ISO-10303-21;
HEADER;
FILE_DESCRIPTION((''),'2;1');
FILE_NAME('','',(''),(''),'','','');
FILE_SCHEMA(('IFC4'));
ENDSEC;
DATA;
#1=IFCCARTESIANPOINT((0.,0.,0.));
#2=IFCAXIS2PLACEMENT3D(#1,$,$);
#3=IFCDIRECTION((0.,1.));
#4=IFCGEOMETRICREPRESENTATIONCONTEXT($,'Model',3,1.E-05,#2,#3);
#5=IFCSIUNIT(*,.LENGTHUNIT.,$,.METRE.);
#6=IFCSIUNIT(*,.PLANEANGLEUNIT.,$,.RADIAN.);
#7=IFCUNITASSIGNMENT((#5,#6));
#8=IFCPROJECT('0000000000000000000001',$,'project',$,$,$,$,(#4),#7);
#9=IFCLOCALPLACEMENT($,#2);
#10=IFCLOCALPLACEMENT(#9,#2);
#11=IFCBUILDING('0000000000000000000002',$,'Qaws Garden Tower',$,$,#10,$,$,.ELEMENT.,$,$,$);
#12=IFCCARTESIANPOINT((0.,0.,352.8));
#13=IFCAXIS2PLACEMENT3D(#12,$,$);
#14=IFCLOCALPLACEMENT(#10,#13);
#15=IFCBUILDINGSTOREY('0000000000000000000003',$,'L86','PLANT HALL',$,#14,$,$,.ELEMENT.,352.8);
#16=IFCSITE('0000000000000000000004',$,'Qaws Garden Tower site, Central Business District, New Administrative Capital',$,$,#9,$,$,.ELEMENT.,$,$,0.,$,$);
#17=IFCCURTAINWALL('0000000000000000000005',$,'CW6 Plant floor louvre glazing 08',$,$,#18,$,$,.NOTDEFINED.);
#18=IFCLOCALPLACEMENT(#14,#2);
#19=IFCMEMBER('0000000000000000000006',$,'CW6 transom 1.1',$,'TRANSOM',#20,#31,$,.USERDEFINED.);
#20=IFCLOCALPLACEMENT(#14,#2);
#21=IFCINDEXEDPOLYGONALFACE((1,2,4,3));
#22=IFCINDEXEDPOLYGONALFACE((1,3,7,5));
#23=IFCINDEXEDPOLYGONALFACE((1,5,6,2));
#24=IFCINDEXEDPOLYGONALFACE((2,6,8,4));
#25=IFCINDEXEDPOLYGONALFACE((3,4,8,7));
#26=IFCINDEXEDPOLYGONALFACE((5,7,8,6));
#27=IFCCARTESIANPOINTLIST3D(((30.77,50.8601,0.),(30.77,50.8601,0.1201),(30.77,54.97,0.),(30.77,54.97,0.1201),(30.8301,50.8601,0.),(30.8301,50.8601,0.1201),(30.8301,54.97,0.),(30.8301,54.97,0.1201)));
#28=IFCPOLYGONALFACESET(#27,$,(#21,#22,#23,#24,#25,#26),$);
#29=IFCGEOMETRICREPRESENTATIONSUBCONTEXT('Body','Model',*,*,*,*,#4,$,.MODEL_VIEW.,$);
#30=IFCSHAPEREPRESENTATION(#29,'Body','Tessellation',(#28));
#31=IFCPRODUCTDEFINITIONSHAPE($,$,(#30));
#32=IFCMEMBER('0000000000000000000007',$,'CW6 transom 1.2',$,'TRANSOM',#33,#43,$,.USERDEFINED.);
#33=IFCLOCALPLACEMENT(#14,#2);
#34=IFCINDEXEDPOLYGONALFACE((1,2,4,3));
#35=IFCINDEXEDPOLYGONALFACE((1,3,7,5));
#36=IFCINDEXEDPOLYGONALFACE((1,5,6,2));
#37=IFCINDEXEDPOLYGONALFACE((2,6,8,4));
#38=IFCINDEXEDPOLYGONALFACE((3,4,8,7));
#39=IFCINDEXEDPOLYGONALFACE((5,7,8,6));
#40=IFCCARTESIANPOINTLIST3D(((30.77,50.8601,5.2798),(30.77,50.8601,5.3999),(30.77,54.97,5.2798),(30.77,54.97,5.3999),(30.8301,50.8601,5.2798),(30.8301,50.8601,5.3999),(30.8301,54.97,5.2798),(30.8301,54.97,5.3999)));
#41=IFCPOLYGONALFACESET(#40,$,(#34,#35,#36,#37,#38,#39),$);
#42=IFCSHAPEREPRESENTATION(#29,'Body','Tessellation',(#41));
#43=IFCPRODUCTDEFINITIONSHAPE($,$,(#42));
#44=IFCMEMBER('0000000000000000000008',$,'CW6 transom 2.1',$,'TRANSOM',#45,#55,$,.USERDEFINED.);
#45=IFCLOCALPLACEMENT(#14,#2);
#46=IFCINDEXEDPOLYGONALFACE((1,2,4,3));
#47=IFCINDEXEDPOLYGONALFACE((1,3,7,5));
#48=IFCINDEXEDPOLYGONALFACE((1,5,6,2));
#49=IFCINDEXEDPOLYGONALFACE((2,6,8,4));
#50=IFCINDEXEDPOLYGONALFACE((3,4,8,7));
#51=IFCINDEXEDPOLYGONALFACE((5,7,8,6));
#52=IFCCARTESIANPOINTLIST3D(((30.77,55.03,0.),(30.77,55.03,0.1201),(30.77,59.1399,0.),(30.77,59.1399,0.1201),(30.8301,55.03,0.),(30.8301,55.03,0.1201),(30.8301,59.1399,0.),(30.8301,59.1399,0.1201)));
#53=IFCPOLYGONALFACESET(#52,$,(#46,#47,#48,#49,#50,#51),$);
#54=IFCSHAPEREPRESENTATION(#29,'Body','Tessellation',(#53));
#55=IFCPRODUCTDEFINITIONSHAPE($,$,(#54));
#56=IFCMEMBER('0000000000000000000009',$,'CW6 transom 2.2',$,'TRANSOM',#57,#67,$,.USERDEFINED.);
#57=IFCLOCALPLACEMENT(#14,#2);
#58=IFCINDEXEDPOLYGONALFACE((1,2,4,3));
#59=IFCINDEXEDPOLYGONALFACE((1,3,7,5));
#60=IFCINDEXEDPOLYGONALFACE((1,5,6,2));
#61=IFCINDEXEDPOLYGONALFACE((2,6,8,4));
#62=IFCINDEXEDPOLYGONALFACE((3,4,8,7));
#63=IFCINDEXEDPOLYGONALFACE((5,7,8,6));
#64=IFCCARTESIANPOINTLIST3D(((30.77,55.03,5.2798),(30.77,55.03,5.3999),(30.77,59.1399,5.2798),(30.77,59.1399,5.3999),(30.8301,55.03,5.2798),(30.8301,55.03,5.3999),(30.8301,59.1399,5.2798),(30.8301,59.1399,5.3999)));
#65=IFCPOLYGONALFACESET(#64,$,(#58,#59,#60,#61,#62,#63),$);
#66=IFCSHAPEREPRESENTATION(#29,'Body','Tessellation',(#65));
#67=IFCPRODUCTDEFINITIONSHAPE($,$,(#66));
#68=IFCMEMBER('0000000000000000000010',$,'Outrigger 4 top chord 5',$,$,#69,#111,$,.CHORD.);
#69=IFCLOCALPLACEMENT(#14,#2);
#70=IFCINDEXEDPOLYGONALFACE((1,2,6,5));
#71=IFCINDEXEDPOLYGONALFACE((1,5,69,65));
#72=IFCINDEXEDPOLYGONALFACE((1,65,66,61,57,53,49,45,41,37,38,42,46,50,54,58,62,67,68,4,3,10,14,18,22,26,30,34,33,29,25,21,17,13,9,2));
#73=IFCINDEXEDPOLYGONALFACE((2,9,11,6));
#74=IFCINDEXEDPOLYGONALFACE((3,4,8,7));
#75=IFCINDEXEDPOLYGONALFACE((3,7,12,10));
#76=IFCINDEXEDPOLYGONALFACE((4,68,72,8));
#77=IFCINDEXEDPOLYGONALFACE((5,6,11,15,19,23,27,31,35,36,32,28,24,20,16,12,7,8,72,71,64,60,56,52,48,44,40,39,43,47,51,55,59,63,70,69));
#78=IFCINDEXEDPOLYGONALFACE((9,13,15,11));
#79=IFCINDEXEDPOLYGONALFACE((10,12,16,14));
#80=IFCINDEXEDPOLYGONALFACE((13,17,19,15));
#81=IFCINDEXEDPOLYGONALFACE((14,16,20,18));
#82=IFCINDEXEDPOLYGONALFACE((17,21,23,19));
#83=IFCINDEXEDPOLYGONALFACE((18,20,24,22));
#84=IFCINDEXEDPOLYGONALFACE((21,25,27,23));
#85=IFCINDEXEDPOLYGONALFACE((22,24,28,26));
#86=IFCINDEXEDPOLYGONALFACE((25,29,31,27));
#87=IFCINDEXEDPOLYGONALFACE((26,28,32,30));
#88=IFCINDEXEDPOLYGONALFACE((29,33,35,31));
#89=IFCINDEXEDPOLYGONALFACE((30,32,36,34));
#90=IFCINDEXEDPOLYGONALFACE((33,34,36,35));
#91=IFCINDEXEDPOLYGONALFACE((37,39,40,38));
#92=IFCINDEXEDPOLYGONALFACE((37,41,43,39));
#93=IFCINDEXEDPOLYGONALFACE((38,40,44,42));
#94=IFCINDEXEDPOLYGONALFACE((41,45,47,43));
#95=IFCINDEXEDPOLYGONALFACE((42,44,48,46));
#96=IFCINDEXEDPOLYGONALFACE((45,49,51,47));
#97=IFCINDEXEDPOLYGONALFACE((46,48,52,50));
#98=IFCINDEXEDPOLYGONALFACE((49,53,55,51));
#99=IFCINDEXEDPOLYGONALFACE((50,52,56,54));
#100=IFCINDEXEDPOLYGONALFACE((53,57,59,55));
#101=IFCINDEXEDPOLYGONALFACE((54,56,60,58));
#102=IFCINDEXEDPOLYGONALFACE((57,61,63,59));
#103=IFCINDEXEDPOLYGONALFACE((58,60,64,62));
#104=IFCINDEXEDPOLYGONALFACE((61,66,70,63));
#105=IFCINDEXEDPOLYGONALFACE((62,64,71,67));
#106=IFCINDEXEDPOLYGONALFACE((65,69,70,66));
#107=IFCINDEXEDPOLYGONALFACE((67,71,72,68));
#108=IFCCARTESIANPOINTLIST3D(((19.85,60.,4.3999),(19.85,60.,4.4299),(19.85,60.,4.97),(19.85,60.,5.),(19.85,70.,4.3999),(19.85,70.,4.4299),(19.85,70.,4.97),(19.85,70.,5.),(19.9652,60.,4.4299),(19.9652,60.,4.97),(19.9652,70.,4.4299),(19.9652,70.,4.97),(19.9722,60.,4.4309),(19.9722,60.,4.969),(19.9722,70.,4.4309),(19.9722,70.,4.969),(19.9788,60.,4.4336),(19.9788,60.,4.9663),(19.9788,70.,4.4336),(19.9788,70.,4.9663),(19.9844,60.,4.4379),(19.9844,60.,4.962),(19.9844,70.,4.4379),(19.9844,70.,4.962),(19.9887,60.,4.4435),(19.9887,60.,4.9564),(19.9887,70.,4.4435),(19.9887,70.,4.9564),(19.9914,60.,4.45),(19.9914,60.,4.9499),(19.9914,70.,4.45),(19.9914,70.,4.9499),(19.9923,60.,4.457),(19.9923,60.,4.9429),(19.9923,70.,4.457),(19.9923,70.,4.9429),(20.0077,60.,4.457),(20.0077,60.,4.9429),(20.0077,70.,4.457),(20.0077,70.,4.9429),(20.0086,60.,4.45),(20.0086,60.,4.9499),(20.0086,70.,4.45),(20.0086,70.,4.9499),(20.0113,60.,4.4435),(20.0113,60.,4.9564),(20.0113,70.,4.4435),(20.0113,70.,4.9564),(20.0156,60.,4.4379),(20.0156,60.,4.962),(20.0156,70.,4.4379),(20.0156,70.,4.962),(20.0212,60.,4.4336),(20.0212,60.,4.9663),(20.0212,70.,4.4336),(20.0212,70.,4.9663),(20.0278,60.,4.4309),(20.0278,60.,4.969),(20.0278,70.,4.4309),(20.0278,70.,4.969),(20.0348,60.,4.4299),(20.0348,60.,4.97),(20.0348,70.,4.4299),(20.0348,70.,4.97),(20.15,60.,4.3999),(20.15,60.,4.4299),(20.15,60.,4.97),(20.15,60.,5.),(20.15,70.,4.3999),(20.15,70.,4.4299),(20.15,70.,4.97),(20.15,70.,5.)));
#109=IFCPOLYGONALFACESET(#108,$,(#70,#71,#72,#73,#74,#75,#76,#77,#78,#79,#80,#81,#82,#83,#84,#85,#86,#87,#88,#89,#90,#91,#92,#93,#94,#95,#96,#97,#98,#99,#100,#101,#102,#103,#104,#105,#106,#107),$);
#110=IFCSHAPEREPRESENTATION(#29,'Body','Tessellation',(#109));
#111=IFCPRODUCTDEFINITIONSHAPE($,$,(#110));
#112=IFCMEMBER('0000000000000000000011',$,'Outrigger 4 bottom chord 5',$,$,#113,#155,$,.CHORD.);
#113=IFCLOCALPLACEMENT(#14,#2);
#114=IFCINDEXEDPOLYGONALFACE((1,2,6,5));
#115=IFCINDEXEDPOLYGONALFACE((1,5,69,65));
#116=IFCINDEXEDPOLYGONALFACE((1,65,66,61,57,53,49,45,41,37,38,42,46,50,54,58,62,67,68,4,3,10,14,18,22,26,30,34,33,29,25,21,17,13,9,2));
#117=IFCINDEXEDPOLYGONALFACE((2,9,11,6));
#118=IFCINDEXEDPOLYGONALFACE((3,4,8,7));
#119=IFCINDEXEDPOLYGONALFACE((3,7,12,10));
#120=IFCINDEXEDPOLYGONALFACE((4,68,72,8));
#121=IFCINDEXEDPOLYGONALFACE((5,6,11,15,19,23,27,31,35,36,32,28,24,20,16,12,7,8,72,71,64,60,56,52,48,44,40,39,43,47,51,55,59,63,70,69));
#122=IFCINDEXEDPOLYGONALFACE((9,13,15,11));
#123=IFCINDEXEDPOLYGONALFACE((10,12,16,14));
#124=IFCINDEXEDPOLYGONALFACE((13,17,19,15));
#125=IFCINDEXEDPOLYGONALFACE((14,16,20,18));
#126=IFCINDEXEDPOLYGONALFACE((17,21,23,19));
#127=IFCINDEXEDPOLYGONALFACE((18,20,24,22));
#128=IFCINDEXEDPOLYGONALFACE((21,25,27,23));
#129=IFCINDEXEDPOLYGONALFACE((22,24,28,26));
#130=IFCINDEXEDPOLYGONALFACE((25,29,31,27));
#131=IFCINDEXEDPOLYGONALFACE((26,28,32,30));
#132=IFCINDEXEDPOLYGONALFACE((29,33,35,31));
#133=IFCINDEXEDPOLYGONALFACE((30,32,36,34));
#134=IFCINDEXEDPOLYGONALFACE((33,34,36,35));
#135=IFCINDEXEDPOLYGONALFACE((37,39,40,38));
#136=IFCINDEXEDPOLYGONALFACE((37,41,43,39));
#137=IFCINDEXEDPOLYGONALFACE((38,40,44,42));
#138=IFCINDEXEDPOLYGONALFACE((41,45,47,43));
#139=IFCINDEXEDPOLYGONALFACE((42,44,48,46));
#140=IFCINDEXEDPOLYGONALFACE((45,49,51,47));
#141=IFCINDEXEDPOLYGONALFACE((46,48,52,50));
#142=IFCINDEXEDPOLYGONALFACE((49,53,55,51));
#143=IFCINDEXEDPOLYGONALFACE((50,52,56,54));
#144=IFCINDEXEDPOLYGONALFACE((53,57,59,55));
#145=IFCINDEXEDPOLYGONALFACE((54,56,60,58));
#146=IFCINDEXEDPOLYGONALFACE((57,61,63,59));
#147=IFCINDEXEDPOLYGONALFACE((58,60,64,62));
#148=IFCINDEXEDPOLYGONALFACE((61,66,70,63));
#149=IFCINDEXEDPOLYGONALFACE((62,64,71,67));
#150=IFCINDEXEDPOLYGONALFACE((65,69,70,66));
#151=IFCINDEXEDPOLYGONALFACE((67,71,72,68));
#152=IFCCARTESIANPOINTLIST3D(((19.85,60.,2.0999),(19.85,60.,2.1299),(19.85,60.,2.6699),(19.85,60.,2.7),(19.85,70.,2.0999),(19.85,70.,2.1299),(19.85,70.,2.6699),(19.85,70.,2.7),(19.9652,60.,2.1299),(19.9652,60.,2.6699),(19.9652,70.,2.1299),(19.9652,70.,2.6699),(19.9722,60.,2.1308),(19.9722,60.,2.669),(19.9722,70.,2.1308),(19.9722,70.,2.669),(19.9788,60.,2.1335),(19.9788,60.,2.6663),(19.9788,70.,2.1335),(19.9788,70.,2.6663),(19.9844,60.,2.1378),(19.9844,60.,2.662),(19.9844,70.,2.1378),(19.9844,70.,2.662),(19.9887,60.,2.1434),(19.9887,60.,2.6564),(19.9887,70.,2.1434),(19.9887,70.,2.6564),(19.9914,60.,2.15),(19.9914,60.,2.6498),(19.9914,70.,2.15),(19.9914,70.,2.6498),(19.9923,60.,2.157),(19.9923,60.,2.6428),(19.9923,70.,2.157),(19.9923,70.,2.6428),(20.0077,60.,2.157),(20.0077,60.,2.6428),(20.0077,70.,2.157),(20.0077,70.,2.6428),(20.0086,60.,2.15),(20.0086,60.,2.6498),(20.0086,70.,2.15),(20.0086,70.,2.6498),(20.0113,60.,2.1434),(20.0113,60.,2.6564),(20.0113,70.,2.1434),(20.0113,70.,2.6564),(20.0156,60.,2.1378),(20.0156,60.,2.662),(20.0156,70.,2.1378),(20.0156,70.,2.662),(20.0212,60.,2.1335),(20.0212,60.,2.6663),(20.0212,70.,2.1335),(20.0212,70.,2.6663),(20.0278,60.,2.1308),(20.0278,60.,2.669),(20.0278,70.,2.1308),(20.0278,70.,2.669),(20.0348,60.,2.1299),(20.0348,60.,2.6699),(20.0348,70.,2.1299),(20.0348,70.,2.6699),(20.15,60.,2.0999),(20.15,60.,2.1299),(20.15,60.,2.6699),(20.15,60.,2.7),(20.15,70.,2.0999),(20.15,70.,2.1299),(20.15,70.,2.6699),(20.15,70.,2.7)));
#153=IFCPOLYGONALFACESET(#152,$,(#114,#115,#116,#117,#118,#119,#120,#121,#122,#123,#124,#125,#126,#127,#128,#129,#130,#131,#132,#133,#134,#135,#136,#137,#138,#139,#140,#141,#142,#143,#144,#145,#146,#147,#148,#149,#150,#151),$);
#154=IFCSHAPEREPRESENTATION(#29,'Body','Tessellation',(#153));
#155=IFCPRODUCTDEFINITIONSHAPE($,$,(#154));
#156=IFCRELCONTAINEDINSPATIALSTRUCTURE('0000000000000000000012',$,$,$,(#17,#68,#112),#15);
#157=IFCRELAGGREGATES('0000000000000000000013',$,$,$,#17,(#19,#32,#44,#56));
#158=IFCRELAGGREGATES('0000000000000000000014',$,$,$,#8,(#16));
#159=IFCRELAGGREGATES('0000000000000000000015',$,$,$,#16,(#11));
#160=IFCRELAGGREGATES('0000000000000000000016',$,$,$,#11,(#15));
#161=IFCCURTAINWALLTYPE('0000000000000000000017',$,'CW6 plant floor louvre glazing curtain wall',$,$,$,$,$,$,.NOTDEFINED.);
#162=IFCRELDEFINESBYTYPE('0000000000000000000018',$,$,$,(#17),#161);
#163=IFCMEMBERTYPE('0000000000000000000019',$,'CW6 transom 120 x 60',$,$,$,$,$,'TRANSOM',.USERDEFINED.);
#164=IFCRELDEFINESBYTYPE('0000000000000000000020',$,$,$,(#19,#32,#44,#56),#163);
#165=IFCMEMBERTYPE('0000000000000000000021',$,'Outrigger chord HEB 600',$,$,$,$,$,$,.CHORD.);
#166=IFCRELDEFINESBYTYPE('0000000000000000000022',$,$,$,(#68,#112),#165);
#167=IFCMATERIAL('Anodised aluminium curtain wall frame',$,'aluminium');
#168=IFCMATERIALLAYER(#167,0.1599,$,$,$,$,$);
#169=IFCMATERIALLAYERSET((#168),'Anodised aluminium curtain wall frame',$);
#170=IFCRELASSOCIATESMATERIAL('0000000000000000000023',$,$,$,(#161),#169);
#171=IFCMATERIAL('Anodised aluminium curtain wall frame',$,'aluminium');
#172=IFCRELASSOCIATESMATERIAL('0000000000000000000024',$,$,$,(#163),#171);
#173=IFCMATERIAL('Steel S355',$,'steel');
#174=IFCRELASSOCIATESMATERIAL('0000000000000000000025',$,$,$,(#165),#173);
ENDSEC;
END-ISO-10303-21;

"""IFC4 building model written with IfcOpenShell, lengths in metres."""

from ifc_helpers import new_model, si_unit, direction, frame, origin, origin_2d, place, context, subcontext, project, spatial, rectangle, i_section, extrude, material, layer, layer_set, material_profile, profile_set, type_object, element, aggregate, save


model = new_model("IFC4")

# Units and contexts
model_context = context("Model", 3, precision=1e-05, world=origin(), true_north=direction((0.0, 1.0)))
body_context = subcontext(model_context, "Body", "Model", "MODEL_VIEW")
ifc_project = project(units=[si_unit("LENGTHUNIT", "METRE"), si_unit("PLANEANGLEUNIT", "RADIAN")], contexts=[model_context])

# Site, building, storey
site_placement = place(None, origin())
site = spatial("IfcSite", under=ifc_project, at=site_placement, Name="Qaws Garden Tower site, Central Business District, New Administrative Capital", CompositionType="ELEMENT", RefElevation=0.0)
building_placement = place(site_placement, origin())
building = spatial("IfcBuilding", under=site, at=building_placement, Name="Qaws Garden Tower", CompositionType="ELEMENT")
storey_placement = place(building_placement, frame((0.0, 0.0, 352.8)))
storey = spatial("IfcBuildingStorey", under=building, at=storey_placement, Name="L86", Description="PLANT HALL", CompositionType="ELEMENT", Elevation=352.8)

# Curtain wall, members
ifc_material_1 = material(Name="Anodised aluminium curtain wall frame", Category="aluminium")
ifc_layer_1 = layer(ifc_material_1, 0.1599)
ifc_layer_set_1 = layer_set([ifc_layer_1], Name="Anodised aluminium curtain wall frame")
curtain_wall_type = type_object("IfcCurtainWallType", Name="CW6 plant floor louvre glazing curtain wall", PredefinedType="NOTDEFINED", material=ifc_layer_set_1)
curtain_wall_placement = place(storey_placement, origin())
curtain_wall = element("IfcCurtainWall", 1, at=curtain_wall_placement, inside=storey, type_object=curtain_wall_type, Name="CW6 Plant floor louvre glazing 08", PredefinedType="NOTDEFINED")
ifc_material_2 = material(Name="Anodised aluminium curtain wall frame", Category="aluminium")
ifc_material_profile_1 = material_profile(ifc_material_2, rectangle(XDim=0.0601, YDim=0.1201, at=origin_2d()), Name="AL 60x120")
ifc_profile_set_1 = profile_set([ifc_material_profile_1], Name="Anodised aluminium curtain wall frame")
member_type_1 = type_object("IfcMemberType", Name="CW6 transom 120 x 60", ElementType="TRANSOM", PredefinedType="USERDEFINED", material=ifc_profile_set_1)
member_1_placement = place(storey_placement, frame((30.8, 50.8601, 0.0601), z_axis=(0.0, 1.0, 0.0), x_axis=(-1.0, 0.0, 0.0)))
member_1 = element("IfcMember", 2, at=member_1_placement, type_object=member_type_1, Name="CW6 transom 1.1", ObjectType="TRANSOM", PredefinedType="USERDEFINED", context=body_context, shape_type="SweptSolid", body=[
    extrude(rectangle(XDim=0.0601, YDim=0.1201, at=origin_2d()), origin(), (0.0, 0.0, 1.0), 4.1099),
])
member_2_placement = place(storey_placement, frame((30.8, 50.8601, 5.3398), z_axis=(0.0, 1.0, 0.0), x_axis=(-1.0, 0.0, 0.0)))
member_2 = element("IfcMember", 3, at=member_2_placement, type_object=member_type_1, Name="CW6 transom 1.2", ObjectType="TRANSOM", PredefinedType="USERDEFINED", context=body_context, shape_type="SweptSolid", body=[
    extrude(rectangle(XDim=0.0601, YDim=0.1201, at=origin_2d()), origin(), (0.0, 0.0, 1.0), 4.1099),
])
member_3_placement = place(storey_placement, frame((30.8, 55.03, 0.0601), z_axis=(0.0, 1.0, 0.0), x_axis=(-1.0, 0.0, 0.0)))
member_3 = element("IfcMember", 4, at=member_3_placement, type_object=member_type_1, Name="CW6 transom 2.1", ObjectType="TRANSOM", PredefinedType="USERDEFINED", context=body_context, shape_type="SweptSolid", body=[
    extrude(rectangle(XDim=0.0601, YDim=0.1201, at=origin_2d()), origin(), (0.0, 0.0, 1.0), 4.1099),
])
member_4_placement = place(storey_placement, frame((30.8, 55.03, 5.3398), z_axis=(0.0, 1.0, 0.0), x_axis=(-1.0, 0.0, 0.0)))
member_4 = element("IfcMember", 5, at=member_4_placement, type_object=member_type_1, Name="CW6 transom 2.2", ObjectType="TRANSOM", PredefinedType="USERDEFINED", context=body_context, shape_type="SweptSolid", body=[
    extrude(rectangle(XDim=0.0601, YDim=0.1201, at=origin_2d()), origin(), (0.0, 0.0, 1.0), 4.1099),
])
aggregate(curtain_wall, [member_1, member_2, member_3, member_4])

# Members
ifc_material_3 = material(Name="Steel S355", Category="steel")
ifc_material_profile_2 = material_profile(ifc_material_3, i_section(OverallWidth=0.3, OverallDepth=0.6001, WebThickness=0.0154, FlangeThickness=0.03, FilletRadius=0.0271, at=origin_2d()), Name="HEB 600")
ifc_profile_set_2 = profile_set([ifc_material_profile_2], Name="Steel S355")
member_type_2 = type_object("IfcMemberType", Name="Outrigger chord HEB 600", PredefinedType="CHORD", material=ifc_profile_set_2)
for number, where, z_axis, x_axis, name in (
    (6, (20.0, 60.0, 4.7), (0.0, 1.0, 0.0), (-1.0, 0.0, 0.0), "Outrigger 4 top chord 5"),
    (7, (20.0, 60.0, 2.3999), (0.0, 1.0, 0.0), (-1.0, 0.0, 0.0), "Outrigger 4 bottom chord 5"),
):
    element("IfcMember", number, at=place(storey_placement, frame(where, z_axis=z_axis, x_axis=x_axis)), inside=storey, type_object=member_type_2, Name=name, PredefinedType="CHORD", context=body_context, shape_type="SweptSolid", body=[
        extrude(i_section(OverallWidth=0.3, OverallDepth=0.6001, WebThickness=0.0154, FlangeThickness=0.03, FilletRadius=0.0271, at=origin_2d()), origin(), (0.0, 0.0, 1.0), 10.0),
    ])

save(model, "model.ifc")
